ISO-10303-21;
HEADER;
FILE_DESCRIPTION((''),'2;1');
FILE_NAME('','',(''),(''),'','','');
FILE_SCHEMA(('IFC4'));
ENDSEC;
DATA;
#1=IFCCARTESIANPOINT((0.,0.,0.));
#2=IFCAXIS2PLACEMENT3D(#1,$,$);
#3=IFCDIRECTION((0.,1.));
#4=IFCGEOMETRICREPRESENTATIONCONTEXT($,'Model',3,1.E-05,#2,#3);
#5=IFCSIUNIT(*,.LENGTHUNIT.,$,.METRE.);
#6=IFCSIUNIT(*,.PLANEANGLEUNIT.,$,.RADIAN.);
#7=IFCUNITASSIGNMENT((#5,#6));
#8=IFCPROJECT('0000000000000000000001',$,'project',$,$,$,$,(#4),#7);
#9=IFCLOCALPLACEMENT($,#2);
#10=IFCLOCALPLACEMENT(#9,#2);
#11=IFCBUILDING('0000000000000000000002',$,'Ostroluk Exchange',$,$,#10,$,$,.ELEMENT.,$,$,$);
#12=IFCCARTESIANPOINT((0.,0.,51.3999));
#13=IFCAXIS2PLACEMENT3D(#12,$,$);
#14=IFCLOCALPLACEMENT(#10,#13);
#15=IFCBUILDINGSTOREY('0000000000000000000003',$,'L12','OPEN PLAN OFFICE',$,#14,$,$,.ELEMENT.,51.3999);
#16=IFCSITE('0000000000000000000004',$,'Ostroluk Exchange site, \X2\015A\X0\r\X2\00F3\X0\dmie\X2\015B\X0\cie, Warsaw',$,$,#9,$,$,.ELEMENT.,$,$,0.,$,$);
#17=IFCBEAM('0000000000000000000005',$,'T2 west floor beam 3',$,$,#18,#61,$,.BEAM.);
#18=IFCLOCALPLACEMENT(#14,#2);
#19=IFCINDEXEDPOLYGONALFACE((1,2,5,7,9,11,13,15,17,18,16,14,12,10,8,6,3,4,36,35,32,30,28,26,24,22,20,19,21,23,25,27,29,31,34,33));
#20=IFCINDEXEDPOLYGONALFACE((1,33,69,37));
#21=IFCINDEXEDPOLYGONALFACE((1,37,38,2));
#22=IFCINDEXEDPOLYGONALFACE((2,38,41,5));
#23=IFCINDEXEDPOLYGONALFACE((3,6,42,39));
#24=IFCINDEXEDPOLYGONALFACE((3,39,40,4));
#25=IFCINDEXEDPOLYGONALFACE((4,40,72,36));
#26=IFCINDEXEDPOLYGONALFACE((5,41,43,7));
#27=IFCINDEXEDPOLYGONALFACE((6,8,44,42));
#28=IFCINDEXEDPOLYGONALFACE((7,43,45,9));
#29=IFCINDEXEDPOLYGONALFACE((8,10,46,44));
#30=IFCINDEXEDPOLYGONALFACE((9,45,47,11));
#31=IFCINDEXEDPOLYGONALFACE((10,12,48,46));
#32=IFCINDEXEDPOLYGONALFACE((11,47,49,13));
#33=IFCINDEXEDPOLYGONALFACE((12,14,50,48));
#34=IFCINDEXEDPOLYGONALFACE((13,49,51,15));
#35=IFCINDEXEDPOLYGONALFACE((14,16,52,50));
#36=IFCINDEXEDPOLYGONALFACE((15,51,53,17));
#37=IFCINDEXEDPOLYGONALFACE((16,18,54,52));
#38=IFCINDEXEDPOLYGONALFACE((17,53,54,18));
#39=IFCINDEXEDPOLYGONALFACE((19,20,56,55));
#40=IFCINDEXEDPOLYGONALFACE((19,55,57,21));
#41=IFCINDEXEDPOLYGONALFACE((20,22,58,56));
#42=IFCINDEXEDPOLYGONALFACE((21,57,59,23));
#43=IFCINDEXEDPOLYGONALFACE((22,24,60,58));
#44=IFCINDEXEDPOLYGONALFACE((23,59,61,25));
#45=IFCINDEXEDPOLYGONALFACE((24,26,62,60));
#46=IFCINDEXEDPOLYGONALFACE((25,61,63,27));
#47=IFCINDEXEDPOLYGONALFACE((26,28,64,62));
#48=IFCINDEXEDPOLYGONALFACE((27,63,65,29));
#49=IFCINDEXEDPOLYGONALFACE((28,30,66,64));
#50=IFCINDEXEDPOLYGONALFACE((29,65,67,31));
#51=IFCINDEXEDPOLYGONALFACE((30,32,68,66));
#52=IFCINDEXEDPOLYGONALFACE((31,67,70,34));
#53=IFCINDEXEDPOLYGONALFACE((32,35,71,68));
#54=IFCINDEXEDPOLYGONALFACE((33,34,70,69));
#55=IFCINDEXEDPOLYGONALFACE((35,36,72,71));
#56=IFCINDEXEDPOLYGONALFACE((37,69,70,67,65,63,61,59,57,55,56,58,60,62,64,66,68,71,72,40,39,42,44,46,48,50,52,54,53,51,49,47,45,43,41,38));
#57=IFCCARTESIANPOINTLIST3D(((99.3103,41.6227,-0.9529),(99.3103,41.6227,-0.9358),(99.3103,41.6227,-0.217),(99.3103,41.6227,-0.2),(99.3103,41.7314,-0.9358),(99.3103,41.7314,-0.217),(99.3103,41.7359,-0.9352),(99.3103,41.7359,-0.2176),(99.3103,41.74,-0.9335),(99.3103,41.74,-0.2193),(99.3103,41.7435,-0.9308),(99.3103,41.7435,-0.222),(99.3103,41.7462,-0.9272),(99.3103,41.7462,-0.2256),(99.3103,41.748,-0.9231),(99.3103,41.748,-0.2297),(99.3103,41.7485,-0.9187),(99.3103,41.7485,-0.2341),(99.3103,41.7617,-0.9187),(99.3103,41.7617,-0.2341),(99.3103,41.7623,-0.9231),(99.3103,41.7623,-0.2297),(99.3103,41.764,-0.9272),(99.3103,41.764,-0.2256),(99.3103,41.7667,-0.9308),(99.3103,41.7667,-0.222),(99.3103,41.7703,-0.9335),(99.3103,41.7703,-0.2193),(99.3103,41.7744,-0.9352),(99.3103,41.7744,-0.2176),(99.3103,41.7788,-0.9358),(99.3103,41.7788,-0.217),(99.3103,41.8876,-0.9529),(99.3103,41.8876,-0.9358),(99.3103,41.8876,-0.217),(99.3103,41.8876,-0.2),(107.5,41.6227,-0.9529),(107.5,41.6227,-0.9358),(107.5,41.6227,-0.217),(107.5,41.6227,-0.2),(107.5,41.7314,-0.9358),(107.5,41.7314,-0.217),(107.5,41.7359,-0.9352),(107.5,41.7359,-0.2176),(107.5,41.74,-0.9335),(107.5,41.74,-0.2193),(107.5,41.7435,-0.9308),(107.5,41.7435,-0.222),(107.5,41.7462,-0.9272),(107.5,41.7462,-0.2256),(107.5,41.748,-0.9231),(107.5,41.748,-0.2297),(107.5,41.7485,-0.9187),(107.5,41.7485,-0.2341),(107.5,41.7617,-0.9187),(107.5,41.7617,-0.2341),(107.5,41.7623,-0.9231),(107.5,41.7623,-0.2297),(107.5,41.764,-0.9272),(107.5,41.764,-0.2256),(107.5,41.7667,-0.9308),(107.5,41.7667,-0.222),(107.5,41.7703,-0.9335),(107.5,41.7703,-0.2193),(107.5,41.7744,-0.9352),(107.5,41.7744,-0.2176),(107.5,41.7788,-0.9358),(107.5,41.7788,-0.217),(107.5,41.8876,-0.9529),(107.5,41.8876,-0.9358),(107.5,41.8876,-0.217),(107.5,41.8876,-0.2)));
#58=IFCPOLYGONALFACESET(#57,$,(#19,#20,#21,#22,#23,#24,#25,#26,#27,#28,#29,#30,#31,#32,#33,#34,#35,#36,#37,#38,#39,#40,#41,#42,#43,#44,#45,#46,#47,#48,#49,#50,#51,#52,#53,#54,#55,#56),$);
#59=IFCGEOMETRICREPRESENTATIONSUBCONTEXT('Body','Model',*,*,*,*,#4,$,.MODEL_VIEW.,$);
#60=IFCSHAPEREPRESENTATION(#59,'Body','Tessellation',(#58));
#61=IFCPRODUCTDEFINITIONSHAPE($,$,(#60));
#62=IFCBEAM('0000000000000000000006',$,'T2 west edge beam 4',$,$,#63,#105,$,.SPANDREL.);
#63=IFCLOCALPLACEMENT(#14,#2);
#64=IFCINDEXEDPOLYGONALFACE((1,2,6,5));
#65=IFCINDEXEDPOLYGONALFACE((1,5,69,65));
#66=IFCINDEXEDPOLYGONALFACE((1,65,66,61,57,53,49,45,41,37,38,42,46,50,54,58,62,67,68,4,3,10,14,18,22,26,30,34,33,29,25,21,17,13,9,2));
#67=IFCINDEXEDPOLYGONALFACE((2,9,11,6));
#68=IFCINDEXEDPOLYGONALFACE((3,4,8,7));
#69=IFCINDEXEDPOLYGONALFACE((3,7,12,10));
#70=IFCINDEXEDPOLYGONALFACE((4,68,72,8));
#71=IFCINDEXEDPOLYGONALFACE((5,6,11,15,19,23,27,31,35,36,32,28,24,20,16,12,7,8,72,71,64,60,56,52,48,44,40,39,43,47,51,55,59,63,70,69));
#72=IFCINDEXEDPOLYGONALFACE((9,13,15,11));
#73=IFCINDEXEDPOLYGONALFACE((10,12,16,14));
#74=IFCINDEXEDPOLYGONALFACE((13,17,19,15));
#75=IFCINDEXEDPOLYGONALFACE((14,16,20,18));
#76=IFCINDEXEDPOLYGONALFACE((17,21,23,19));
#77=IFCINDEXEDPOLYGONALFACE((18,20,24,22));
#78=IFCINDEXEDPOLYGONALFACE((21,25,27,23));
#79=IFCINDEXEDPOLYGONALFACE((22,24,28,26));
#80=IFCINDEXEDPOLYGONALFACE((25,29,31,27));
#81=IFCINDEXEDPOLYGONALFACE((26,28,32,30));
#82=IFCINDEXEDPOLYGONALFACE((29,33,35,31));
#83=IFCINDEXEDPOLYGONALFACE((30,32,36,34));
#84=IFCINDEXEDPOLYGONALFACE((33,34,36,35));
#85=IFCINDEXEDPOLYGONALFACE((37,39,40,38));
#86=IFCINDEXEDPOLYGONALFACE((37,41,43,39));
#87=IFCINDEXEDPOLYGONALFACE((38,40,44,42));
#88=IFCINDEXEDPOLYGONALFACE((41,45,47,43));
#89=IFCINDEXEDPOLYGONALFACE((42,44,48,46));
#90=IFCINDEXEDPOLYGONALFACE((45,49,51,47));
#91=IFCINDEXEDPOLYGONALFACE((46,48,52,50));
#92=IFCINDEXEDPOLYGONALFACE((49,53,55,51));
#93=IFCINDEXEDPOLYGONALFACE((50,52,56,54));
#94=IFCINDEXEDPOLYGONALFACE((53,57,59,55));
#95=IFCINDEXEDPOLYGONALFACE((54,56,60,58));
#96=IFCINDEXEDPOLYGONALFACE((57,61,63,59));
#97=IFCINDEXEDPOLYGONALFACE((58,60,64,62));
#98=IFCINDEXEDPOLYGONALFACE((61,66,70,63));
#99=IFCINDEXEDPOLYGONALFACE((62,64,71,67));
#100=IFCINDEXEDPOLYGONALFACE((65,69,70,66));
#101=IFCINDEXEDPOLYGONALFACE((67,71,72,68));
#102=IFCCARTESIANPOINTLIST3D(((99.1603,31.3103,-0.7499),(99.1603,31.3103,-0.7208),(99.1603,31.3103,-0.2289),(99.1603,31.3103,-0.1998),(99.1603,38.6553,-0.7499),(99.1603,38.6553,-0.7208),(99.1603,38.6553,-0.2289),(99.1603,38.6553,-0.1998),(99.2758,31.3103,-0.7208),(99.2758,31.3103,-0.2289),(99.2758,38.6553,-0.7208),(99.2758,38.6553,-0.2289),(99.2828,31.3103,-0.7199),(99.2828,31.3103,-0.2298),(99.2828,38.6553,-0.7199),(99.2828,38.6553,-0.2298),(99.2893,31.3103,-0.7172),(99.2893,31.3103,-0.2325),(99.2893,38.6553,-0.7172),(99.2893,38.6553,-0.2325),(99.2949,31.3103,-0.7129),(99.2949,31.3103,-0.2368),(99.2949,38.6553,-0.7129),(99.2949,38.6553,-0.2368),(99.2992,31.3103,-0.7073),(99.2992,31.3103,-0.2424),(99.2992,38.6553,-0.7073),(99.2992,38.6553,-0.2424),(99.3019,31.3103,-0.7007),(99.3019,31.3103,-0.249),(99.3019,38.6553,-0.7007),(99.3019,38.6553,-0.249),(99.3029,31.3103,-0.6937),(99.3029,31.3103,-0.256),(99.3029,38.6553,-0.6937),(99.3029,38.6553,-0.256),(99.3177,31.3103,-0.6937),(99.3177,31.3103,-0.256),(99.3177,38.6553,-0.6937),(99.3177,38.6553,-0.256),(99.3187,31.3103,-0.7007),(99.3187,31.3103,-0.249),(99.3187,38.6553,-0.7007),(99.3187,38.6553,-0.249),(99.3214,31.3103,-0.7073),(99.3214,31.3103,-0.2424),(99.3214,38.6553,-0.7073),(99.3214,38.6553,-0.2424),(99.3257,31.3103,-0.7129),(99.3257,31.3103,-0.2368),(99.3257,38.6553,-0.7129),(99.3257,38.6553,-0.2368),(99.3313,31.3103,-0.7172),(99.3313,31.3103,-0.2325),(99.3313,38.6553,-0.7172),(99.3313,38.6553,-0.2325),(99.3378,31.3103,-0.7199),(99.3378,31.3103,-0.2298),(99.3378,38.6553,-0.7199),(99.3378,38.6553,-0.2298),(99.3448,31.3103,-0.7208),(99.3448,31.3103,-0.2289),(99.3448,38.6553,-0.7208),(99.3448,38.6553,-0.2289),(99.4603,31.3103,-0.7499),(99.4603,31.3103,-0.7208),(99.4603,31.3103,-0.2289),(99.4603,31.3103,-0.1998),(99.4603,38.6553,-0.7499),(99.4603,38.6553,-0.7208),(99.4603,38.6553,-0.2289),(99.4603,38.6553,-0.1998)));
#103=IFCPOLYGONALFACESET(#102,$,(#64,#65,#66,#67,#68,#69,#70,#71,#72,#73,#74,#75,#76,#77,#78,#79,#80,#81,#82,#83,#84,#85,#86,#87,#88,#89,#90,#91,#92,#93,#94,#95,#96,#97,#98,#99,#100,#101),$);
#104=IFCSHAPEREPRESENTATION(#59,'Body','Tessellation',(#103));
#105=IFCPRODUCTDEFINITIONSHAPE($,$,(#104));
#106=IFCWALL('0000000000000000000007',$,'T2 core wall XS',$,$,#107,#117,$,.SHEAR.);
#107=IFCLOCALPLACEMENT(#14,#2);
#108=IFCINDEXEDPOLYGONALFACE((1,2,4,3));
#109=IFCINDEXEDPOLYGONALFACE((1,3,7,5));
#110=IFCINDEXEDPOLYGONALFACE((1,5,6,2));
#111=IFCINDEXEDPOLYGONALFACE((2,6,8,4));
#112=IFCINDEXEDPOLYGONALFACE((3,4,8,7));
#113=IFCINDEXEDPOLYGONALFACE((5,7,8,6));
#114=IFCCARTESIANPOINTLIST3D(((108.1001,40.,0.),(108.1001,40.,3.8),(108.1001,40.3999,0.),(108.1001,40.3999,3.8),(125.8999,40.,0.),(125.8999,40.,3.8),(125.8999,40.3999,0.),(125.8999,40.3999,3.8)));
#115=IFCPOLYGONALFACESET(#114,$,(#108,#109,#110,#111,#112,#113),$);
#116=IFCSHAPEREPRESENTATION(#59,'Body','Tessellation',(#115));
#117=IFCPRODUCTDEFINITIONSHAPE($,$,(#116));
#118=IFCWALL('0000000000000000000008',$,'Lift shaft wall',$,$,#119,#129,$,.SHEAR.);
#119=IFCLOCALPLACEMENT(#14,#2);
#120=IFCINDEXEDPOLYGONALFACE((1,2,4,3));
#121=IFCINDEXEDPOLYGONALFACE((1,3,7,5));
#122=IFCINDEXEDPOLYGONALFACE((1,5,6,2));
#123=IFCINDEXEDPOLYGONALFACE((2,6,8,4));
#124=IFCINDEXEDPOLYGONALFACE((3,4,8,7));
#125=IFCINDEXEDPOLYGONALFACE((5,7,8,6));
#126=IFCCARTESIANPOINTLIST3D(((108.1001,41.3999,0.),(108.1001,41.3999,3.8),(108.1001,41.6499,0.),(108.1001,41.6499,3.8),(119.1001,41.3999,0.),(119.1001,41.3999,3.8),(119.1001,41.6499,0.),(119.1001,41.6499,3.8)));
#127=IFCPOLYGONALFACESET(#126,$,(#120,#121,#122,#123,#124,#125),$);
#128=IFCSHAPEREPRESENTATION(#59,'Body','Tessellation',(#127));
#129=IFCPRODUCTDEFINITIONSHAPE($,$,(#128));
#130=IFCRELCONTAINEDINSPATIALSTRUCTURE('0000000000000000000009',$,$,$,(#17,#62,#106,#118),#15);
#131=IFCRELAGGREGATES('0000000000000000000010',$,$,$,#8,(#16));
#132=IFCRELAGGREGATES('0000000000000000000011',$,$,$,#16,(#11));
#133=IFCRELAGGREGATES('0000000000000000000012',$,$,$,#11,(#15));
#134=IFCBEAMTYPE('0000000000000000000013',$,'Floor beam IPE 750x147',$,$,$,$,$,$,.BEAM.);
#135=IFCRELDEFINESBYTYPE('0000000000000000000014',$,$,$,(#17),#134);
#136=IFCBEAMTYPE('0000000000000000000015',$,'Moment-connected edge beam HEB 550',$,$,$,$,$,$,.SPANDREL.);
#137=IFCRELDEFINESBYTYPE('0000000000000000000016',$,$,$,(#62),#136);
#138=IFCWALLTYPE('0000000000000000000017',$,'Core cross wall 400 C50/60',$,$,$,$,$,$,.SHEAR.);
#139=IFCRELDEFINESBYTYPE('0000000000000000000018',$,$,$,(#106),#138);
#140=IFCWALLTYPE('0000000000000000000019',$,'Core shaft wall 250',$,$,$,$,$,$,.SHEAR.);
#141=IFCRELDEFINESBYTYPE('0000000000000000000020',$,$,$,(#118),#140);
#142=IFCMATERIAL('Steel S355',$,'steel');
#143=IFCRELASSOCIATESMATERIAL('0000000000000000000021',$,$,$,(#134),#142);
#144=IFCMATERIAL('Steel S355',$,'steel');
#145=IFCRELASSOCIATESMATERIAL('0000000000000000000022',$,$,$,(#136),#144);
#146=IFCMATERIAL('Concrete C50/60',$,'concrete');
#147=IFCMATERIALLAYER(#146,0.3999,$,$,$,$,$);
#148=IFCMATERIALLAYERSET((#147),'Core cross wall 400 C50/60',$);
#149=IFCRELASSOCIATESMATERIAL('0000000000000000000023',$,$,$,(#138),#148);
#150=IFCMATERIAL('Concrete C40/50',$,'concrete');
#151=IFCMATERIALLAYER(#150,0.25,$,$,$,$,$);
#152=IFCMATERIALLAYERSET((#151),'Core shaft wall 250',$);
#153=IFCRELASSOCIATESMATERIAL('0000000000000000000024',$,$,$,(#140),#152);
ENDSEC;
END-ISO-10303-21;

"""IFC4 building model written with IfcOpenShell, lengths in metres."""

from ifc_helpers import new_model, si_unit, direction, frame, frame_2d, origin, origin_2d, place, context, subcontext, project, spatial, rectangle, i_section, extrude, material, layer, layer_set, material_profile, profile_set, type_object, element, save


model = new_model("IFC4")

# Units and contexts
model_context = context("Model", 3, precision=1e-05, world=origin(), true_north=direction((0.0, 1.0)))
body_context = subcontext(model_context, "Body", "Model", "MODEL_VIEW")
ifc_project = project(units=[si_unit("LENGTHUNIT", "METRE"), si_unit("PLANEANGLEUNIT", "RADIAN")], contexts=[model_context])

# Site, building, storey
site_placement = place(None, origin())
site = spatial("IfcSite", under=ifc_project, at=site_placement, Name="Ostroluk Exchange site, Śródmieście, Warsaw", CompositionType="ELEMENT", RefElevation=0.0)
building_placement = place(site_placement, origin())
building = spatial("IfcBuilding", under=site, at=building_placement, Name="Ostroluk Exchange", CompositionType="ELEMENT")
storey_placement = place(building_placement, frame((0.0, 0.0, 51.3999)))
storey = spatial("IfcBuildingStorey", under=building, at=storey_placement, Name="L12", Description="OPEN PLAN OFFICE", CompositionType="ELEMENT", Elevation=51.3999)

# Beams
ifc_material_1 = material(Name="Steel S355", Category="steel")
ifc_material_profile_1 = material_profile(ifc_material_1, i_section(OverallWidth=0.2649, OverallDepth=0.7529, WebThickness=0.0132, FlangeThickness=0.0171, FilletRadius=0.0171, at=origin_2d()), Name="IPE 750x147")
ifc_profile_set_1 = profile_set([ifc_material_profile_1], Name="Steel S355")
beam_type_1 = type_object("IfcBeamType", Name="Floor beam IPE 750x147", PredefinedType="BEAM", material=ifc_profile_set_1)
beam_1_placement = place(storey_placement, frame((107.5, 41.7551, -0.5764), z_axis=(-1.0, 0.0, 0.0), x_axis=(0.0, -1.0, 0.0)))
element("IfcBeam", 1, at=beam_1_placement, inside=storey, type_object=beam_type_1, Name="T2 west floor beam 3", PredefinedType="BEAM", context=body_context, shape_type="SweptSolid", body=[
    extrude(i_section(OverallWidth=0.2649, OverallDepth=0.7529, WebThickness=0.0132, FlangeThickness=0.0171, FilletRadius=0.0171, at=origin_2d()), origin(), (0.0, 0.0, 1.0), 8.1897),
])
ifc_material_2 = material(Name="Steel S355", Category="steel")
ifc_material_profile_2 = material_profile(ifc_material_2, i_section(OverallWidth=0.3, OverallDepth=0.55, WebThickness=0.0149, FlangeThickness=0.0291, FilletRadius=0.0271, at=origin_2d()), Name="HEB 550")
ifc_profile_set_2 = profile_set([ifc_material_profile_2], Name="Steel S355")
beam_type_2 = type_object("IfcBeamType", Name="Moment-connected edge beam HEB 550", PredefinedType="SPANDREL", material=ifc_profile_set_2)
beam_2_placement = place(storey_placement, frame((99.3103, 38.6553, -0.4749), z_axis=(0.0, -1.0, 0.0), x_axis=(1.0, 0.0, 0.0)))
element("IfcBeam", 2, at=beam_2_placement, inside=storey, type_object=beam_type_2, Name="T2 west edge beam 4", PredefinedType="SPANDREL", context=body_context, shape_type="SweptSolid", body=[
    extrude(i_section(OverallWidth=0.3, OverallDepth=0.55, WebThickness=0.0149, FlangeThickness=0.0291, FilletRadius=0.0271, at=origin_2d()), origin(), (0.0, 0.0, 1.0), 7.345),
])

# Walls
ifc_material_3 = material(Name="Concrete C50/60", Category="concrete")
ifc_layer_1 = layer(ifc_material_3, 0.3999)
ifc_layer_set_1 = layer_set([ifc_layer_1], Name="Core cross wall 400 C50/60")
wall_type_1 = type_object("IfcWallType", Name="Core cross wall 400 C50/60", PredefinedType="SHEAR", material=ifc_layer_set_1)
wall_1_placement = place(storey_placement, frame((108.1001, 40.2, 0.0), z_axis=(0.0, 0.0, 1.0), x_axis=(1.0, 0.0, 0.0)))
element("IfcWall", 3, at=wall_1_placement, inside=storey, type_object=wall_type_1, Name="T2 core wall XS", PredefinedType="SHEAR", context=body_context, shape_type="SweptSolid", body=[
    extrude(rectangle(XDim=17.7998, YDim=0.3999, at=frame_2d((8.8999, 0.0))), origin(), (0.0, 0.0, 1.0), 3.8),
])
ifc_material_4 = material(Name="Concrete C40/50", Category="concrete")
ifc_layer_2 = layer(ifc_material_4, 0.25)
ifc_layer_set_2 = layer_set([ifc_layer_2], Name="Core shaft wall 250")
wall_type_2 = type_object("IfcWallType", Name="Core shaft wall 250", PredefinedType="SHEAR", material=ifc_layer_set_2)
wall_2_placement = place(storey_placement, frame((108.1001, 41.5249, 0.0), z_axis=(0.0, 0.0, 1.0), x_axis=(1.0, 0.0, 0.0)))
element("IfcWall", 4, at=wall_2_placement, inside=storey, type_object=wall_type_2, Name="Lift shaft wall", PredefinedType="SHEAR", context=body_context, shape_type="SweptSolid", body=[
    extrude(rectangle(XDim=11.0, YDim=0.25, at=frame_2d((5.5, 0.0))), origin(), (0.0, 0.0, 1.0), 3.8),
])

save(model, "model.ifc")
